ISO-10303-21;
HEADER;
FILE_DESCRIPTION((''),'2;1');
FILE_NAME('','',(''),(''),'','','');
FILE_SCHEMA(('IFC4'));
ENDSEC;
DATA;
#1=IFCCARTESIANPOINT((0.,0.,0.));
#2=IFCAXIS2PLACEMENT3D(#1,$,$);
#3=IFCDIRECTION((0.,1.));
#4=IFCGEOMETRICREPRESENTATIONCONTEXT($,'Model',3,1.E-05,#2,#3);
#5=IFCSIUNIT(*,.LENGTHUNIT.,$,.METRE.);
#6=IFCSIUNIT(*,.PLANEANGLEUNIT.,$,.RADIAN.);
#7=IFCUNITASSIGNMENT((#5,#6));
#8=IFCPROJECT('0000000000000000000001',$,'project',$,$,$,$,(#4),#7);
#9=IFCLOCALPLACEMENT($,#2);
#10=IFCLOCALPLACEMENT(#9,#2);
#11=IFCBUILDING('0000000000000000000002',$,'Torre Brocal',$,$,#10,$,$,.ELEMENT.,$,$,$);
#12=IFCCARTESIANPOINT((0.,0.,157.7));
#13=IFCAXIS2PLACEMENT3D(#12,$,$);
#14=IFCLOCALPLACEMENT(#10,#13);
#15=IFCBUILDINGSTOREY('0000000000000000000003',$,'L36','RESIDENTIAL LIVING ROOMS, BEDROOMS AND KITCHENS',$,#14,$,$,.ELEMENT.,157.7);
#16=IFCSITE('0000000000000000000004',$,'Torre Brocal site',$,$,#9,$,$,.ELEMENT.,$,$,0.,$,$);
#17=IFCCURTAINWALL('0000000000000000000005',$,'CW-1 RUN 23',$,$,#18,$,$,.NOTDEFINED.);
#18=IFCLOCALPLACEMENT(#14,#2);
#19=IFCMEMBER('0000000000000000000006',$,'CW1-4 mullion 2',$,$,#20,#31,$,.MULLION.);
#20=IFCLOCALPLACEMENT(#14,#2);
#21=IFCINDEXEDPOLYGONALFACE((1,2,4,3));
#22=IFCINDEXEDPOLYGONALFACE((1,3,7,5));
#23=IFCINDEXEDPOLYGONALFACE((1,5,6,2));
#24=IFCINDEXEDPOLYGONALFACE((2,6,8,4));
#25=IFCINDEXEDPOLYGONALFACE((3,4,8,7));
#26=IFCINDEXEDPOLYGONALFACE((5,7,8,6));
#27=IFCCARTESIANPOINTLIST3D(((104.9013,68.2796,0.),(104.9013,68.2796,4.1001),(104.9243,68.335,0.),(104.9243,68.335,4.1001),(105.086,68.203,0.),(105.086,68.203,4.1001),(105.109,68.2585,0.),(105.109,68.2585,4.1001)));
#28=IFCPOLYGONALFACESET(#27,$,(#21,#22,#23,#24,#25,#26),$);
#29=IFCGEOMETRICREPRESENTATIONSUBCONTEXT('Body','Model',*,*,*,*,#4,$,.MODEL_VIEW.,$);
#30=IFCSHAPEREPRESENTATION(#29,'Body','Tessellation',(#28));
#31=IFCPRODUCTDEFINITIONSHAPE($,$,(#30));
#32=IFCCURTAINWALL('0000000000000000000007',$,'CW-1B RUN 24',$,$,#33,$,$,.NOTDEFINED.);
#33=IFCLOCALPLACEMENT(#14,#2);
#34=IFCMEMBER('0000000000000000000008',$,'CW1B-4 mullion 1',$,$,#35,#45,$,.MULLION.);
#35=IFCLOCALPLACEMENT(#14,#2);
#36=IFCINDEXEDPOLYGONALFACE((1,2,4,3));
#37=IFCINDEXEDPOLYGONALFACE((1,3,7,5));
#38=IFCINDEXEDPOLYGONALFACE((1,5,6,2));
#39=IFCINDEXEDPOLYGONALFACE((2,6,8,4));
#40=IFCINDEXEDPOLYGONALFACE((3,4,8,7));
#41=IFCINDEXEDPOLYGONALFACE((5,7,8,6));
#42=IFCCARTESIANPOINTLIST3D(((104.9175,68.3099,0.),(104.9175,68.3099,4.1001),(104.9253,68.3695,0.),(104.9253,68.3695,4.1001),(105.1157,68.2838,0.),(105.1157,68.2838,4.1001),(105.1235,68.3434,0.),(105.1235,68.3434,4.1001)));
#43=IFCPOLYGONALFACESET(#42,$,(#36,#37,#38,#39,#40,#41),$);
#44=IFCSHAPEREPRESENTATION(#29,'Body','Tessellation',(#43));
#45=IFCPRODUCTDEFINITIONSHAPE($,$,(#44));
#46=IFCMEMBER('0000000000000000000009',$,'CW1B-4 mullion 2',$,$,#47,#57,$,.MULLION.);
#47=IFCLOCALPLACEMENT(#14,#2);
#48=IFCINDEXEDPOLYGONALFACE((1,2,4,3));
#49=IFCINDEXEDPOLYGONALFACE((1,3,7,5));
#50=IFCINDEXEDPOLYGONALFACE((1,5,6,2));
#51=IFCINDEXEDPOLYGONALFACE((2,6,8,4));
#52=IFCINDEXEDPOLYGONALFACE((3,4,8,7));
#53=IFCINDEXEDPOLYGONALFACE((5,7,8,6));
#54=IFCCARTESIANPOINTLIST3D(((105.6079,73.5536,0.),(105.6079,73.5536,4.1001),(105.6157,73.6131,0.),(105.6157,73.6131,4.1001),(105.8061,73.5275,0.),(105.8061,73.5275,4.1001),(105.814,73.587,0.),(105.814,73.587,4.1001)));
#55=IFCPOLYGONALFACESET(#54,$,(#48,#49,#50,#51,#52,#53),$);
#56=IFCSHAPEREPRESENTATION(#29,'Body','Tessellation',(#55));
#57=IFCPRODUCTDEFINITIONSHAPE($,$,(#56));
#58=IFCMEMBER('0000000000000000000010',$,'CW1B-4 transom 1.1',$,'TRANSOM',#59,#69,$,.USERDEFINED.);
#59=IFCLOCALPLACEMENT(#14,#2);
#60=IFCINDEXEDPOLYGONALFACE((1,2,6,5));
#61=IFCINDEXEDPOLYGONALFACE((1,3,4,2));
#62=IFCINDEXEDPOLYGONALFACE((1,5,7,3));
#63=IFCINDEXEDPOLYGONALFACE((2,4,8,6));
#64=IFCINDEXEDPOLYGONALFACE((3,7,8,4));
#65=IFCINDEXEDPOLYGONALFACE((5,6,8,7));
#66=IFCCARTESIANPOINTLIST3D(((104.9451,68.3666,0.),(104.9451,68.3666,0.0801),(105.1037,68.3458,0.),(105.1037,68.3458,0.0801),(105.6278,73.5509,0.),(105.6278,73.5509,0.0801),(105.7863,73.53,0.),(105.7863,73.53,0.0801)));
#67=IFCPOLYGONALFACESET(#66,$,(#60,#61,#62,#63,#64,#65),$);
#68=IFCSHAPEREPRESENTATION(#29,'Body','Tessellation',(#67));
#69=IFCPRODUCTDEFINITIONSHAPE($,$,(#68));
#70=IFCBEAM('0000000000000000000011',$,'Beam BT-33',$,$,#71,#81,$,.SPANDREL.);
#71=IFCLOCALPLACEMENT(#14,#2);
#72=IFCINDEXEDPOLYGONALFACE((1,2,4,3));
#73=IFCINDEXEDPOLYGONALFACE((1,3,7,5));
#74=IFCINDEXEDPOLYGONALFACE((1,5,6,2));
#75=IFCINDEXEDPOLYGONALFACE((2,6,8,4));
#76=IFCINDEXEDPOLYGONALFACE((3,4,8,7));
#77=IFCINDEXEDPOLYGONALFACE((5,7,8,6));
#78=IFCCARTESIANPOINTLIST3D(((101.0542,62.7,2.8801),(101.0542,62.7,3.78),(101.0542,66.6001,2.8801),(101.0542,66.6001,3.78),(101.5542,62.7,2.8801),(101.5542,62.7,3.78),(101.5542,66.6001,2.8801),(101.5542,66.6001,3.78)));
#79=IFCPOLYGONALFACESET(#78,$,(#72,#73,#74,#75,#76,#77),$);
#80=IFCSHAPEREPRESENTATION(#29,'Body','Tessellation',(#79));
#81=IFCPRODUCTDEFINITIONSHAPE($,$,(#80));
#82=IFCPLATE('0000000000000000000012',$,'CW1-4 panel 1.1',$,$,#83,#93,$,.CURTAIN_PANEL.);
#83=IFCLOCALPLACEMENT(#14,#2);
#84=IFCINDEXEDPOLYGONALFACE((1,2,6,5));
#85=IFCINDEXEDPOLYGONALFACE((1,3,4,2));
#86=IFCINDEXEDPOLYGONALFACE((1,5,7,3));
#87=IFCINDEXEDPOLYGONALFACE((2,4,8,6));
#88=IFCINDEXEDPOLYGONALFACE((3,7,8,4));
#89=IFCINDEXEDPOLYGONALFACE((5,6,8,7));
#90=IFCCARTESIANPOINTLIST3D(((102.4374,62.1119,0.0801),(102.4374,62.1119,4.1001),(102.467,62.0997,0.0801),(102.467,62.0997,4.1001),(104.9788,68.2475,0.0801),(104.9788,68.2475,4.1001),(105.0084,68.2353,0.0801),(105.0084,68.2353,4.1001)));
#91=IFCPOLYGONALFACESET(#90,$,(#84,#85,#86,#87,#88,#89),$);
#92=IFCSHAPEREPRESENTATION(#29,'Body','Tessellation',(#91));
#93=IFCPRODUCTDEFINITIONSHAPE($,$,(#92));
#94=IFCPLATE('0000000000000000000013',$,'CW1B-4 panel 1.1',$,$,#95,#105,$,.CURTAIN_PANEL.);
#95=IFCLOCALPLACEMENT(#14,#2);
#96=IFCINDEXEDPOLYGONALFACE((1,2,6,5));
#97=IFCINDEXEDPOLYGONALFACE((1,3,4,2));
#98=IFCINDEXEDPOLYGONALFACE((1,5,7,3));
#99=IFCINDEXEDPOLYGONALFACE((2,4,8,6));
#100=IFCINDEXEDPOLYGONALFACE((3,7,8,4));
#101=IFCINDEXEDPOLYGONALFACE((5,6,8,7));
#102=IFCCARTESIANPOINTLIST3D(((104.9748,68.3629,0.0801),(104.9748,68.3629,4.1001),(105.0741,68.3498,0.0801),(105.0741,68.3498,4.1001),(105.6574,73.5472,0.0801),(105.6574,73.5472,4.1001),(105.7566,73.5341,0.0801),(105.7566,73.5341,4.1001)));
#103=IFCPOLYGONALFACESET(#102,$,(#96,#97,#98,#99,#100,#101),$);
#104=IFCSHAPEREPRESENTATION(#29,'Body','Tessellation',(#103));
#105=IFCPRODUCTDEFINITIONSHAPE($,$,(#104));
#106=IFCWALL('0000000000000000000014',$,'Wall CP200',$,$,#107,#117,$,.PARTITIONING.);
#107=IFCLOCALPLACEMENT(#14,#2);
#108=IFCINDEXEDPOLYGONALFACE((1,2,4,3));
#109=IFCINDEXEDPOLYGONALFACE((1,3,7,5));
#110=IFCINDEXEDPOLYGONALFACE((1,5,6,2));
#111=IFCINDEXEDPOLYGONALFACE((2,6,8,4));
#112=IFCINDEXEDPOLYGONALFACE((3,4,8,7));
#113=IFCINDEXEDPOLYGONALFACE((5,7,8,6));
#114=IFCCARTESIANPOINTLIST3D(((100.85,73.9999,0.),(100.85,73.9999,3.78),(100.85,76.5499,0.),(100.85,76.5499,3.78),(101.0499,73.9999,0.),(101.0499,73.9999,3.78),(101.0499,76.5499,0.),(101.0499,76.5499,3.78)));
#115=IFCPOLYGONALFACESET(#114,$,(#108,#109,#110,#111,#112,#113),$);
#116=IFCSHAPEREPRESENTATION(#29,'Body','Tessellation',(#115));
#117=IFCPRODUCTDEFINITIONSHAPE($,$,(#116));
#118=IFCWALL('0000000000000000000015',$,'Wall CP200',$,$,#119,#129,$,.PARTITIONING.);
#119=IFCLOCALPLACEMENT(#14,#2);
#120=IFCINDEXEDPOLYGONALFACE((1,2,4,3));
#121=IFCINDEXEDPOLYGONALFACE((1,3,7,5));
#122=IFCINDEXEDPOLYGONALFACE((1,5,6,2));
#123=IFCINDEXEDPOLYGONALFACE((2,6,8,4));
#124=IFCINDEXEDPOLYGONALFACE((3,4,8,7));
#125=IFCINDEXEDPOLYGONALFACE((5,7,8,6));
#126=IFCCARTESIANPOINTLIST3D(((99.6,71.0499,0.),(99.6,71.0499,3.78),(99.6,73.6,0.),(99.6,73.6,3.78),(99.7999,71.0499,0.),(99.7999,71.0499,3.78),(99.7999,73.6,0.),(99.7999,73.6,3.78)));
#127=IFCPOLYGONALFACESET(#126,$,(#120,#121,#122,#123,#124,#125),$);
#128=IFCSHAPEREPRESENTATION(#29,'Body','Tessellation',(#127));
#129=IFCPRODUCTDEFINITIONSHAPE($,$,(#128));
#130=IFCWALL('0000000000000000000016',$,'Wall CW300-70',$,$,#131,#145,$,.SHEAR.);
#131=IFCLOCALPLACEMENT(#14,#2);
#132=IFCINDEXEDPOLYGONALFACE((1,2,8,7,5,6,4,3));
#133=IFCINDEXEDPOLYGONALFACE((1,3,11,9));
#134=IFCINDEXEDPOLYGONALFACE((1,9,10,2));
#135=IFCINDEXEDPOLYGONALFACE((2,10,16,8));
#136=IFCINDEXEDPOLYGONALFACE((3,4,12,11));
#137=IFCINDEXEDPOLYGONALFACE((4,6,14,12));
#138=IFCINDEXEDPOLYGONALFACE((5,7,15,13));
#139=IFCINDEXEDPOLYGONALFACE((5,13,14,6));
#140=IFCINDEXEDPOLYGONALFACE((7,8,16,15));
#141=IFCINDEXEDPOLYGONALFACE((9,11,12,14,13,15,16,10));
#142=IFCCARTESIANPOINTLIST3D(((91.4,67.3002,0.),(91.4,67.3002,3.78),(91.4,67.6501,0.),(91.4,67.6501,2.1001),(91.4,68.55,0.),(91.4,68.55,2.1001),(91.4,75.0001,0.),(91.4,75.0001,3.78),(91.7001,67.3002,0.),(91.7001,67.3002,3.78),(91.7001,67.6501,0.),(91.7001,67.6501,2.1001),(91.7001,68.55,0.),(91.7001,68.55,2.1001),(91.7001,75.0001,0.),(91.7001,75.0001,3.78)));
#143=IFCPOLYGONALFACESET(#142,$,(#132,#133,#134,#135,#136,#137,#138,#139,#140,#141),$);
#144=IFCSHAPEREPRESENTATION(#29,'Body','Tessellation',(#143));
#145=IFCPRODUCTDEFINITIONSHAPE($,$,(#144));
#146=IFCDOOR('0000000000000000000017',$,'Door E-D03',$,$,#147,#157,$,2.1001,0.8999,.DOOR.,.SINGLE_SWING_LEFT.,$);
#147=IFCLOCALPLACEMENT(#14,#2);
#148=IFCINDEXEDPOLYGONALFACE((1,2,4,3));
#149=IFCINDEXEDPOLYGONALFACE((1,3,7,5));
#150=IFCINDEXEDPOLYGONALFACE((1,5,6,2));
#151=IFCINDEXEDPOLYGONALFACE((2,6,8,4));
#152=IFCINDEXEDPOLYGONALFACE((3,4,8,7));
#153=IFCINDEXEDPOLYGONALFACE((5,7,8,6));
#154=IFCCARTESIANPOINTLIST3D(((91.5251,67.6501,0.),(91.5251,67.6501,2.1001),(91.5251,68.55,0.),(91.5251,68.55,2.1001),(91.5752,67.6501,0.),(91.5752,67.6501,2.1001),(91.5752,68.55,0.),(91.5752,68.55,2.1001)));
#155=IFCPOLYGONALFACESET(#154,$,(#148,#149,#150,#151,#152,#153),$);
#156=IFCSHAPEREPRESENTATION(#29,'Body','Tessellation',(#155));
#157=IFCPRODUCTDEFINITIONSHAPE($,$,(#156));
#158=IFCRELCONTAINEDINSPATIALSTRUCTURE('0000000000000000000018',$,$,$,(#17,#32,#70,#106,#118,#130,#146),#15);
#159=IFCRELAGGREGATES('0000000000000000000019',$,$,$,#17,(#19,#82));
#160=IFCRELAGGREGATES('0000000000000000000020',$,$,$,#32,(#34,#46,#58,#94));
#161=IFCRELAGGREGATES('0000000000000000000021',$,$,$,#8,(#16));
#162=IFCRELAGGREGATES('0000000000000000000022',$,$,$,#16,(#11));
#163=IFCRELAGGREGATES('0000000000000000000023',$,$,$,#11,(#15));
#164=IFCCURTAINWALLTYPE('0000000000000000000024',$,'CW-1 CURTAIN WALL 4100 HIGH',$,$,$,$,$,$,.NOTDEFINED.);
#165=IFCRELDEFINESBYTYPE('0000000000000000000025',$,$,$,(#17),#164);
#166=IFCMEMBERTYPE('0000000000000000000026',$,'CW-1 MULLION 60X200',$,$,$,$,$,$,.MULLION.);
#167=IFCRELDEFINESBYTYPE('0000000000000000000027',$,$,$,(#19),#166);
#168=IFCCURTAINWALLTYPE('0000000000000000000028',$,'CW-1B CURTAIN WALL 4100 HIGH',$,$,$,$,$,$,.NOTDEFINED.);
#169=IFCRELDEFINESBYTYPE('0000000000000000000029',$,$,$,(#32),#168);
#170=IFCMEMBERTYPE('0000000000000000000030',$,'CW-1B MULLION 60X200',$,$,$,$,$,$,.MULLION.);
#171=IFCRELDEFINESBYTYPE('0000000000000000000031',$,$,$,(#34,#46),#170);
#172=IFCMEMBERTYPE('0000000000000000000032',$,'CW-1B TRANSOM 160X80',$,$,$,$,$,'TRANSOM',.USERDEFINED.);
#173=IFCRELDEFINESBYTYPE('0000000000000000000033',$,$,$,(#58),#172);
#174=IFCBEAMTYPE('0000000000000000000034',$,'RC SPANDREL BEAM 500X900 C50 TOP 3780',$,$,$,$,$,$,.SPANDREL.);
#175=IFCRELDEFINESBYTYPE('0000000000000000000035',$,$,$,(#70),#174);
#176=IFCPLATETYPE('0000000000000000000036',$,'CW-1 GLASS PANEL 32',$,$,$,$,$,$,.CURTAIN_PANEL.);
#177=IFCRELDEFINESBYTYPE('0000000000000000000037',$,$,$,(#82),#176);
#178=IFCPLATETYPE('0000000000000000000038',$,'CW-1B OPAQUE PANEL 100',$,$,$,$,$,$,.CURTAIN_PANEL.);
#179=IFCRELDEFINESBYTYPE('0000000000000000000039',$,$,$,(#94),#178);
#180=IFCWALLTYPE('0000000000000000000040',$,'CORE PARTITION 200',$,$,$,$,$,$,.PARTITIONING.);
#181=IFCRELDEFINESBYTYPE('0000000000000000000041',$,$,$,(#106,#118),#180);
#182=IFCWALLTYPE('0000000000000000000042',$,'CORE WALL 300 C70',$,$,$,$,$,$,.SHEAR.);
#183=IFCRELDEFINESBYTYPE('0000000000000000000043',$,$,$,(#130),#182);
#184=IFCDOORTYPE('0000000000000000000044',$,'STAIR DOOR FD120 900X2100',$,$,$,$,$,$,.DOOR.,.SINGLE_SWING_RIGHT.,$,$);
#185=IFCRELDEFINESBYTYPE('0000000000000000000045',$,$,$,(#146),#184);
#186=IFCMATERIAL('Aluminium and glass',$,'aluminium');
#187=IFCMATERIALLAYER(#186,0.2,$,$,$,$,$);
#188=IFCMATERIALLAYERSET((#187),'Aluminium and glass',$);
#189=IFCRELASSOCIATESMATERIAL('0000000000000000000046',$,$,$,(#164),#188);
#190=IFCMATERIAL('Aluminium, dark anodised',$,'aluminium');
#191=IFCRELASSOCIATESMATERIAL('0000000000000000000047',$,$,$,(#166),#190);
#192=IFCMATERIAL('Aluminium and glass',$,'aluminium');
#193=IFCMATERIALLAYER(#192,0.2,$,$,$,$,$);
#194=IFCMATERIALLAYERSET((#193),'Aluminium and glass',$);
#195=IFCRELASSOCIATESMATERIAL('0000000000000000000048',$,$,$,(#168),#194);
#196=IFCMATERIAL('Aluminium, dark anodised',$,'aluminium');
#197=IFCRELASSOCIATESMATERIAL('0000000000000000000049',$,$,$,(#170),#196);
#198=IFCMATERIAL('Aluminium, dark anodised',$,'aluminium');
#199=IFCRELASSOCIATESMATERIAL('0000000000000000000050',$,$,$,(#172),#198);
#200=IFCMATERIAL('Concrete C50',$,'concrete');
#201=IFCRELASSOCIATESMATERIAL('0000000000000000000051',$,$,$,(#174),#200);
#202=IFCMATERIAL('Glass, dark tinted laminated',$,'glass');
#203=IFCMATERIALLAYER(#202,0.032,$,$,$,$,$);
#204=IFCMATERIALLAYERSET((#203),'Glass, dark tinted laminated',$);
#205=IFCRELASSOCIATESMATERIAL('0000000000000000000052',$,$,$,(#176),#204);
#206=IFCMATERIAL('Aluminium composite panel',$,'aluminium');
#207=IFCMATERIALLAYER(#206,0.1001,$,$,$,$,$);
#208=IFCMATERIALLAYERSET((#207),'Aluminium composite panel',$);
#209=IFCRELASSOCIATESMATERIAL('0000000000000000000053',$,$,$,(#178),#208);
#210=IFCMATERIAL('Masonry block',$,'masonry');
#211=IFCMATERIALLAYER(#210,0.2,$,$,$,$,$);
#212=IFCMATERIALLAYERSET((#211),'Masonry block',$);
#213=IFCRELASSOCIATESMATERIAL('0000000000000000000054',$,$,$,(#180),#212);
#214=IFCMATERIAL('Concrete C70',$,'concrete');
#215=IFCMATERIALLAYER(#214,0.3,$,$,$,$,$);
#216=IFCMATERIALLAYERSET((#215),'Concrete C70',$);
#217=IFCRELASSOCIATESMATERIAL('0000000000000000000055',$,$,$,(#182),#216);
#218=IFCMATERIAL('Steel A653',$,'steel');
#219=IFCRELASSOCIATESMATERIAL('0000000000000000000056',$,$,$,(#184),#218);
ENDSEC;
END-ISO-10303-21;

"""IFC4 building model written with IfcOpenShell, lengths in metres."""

from ifc_helpers import new_model, si_unit, direction, frame, frame_2d, origin, origin_2d, place, context, subcontext, project, spatial, rectangle, extrude, material, layer, layer_set, material_profile, profile_set, type_object, element, fill, aggregate, save


model = new_model("IFC4")

# Units and contexts
model_context = context("Model", 3, precision=1e-05, world=origin(), true_north=direction((0.0, 1.0)))
body_context = subcontext(model_context, "Body", "Model", "MODEL_VIEW")
ifc_project = project(units=[si_unit("LENGTHUNIT", "METRE"), si_unit("PLANEANGLEUNIT", "RADIAN")], contexts=[model_context])

# Site, building, storey
site_placement = place(None, origin())
site = spatial("IfcSite", under=ifc_project, at=site_placement, Name="Torre Brocal site", CompositionType="ELEMENT", RefElevation=0.0)
building_placement = place(site_placement, origin())
building = spatial("IfcBuilding", under=site, at=building_placement, Name="Torre Brocal", CompositionType="ELEMENT")
storey_placement = place(building_placement, frame((0.0, 0.0, 157.7)))
storey = spatial("IfcBuildingStorey", under=building, at=storey_placement, Name="L36", Description="RESIDENTIAL LIVING ROOMS, BEDROOMS AND KITCHENS", CompositionType="ELEMENT", Elevation=157.7)

# Curtain wall, member
ifc_material_1 = material(Name="Aluminium and glass", Category="aluminium")
ifc_layer_1 = layer(ifc_material_1, 0.2)
ifc_layer_set_1 = layer_set([ifc_layer_1], Name="Aluminium and glass")
curtain_wall_type_1 = type_object("IfcCurtainWallType", Name="CW-1 CURTAIN WALL 4100 HIGH", PredefinedType="NOTDEFINED", material=ifc_layer_set_1)
curtain_wall_1_placement = place(storey_placement, origin())
curtain_wall_1 = element("IfcCurtainWall", 1, at=curtain_wall_1_placement, inside=storey, type_object=curtain_wall_type_1, Name="CW-1 RUN 23", PredefinedType="NOTDEFINED")
ifc_material_2 = material(Name="Aluminium, dark anodised", Category="aluminium")
ifc_material_profile_1 = material_profile(ifc_material_2, rectangle(XDim=0.2, YDim=0.0601, at=origin_2d()), Name="CW-1 MULLION 60X200")
ifc_profile_set_1 = profile_set([ifc_material_profile_1], Name="Aluminium, dark anodised")
member_type_1 = type_object("IfcMemberType", Name="CW-1 MULLION 60X200", PredefinedType="MULLION", material=ifc_profile_set_1)
member_1_placement = place(storey_placement, frame((105.0051, 68.269, 0.0), z_axis=(0.0, 0.0, 1.0), x_axis=(-0.92388, 0.382683, 0.0)))
member_1 = element("IfcMember", 2, at=member_1_placement, type_object=member_type_1, Name="CW1-4 mullion 2", PredefinedType="MULLION", context=body_context, shape_type="SweptSolid", body=[
    extrude(rectangle(XDim=0.2, YDim=0.0601, at=origin_2d()), origin(), (0.0, 0.0, 1.0), 4.1001),
])

# Curtain wall, members
ifc_material_3 = material(Name="Aluminium and glass", Category="aluminium")
ifc_layer_2 = layer(ifc_material_3, 0.2)
ifc_layer_set_2 = layer_set([ifc_layer_2], Name="Aluminium and glass")
curtain_wall_type_2 = type_object("IfcCurtainWallType", Name="CW-1B CURTAIN WALL 4100 HIGH", PredefinedType="NOTDEFINED", material=ifc_layer_set_2)
curtain_wall_2_placement = place(storey_placement, origin())
curtain_wall_2 = element("IfcCurtainWall", 3, at=curtain_wall_2_placement, inside=storey, type_object=curtain_wall_type_2, Name="CW-1B RUN 24", PredefinedType="NOTDEFINED")
ifc_material_4 = material(Name="Aluminium, dark anodised", Category="aluminium")
ifc_material_profile_2 = material_profile(ifc_material_4, rectangle(XDim=0.2, YDim=0.0601, at=origin_2d()), Name="CW-1B MULLION 60X200")
ifc_profile_set_2 = profile_set([ifc_material_profile_2], Name="Aluminium, dark anodised")
member_type_2 = type_object("IfcMemberType", Name="CW-1B MULLION 60X200", PredefinedType="MULLION", material=ifc_profile_set_2)
member_2_placement = place(storey_placement, frame((105.0205, 68.3267, 0.0), z_axis=(0.0, 0.0, 1.0), x_axis=(-0.991445, 0.130526, 0.0)))
member_2 = element("IfcMember", 4, at=member_2_placement, type_object=member_type_2, Name="CW1B-4 mullion 1", PredefinedType="MULLION", context=body_context, shape_type="SweptSolid", body=[
    extrude(rectangle(XDim=0.2, YDim=0.0601, at=origin_2d()), origin(), (0.0, 0.0, 1.0), 4.1001),
])
member_3_placement = place(storey_placement, frame((105.7109, 73.5703, 0.0), z_axis=(0.0, 0.0, 1.0), x_axis=(-0.991445, 0.130526, 0.0)))
member_3 = element("IfcMember", 5, at=member_3_placement, type_object=member_type_2, Name="CW1B-4 mullion 2", PredefinedType="MULLION", context=body_context, shape_type="SweptSolid", body=[
    extrude(rectangle(XDim=0.2, YDim=0.0601, at=origin_2d()), origin(), (0.0, 0.0, 1.0), 4.1001),
])
ifc_material_5 = material(Name="Aluminium, dark anodised", Category="aluminium")
ifc_material_profile_3 = material_profile(ifc_material_5, rectangle(XDim=0.1599, YDim=0.0801, at=origin_2d()), Name="CW-1B TRANSOM 160X80")
ifc_profile_set_3 = profile_set([ifc_material_profile_3], Name="Aluminium, dark anodised")
member_type_3 = type_object("IfcMemberType", Name="CW-1B TRANSOM 160X80", ElementType="TRANSOM", PredefinedType="USERDEFINED", material=ifc_profile_set_3)
member_4_placement = place(storey_placement, frame((105.0244, 68.3562, 0.04), z_axis=(0.130543, 0.991443, 0.0), x_axis=(-0.991443, 0.130543, 0.0)))
member_4 = element("IfcMember", 6, at=member_4_placement, type_object=member_type_3, Name="CW1B-4 transom 1.1", ObjectType="TRANSOM", PredefinedType="USERDEFINED", context=body_context, shape_type="SweptSolid", body=[
    extrude(rectangle(XDim=0.1599, YDim=0.0801, at=origin_2d()), origin(), (0.0, 0.0, 1.0), 5.229),
])

# Beam
ifc_material_6 = material(Name="Concrete C50", Category="concrete")
ifc_material_profile_4 = material_profile(ifc_material_6, rectangle(XDim=0.5, YDim=0.8999, at=origin_2d()), Name="RC 500X900")
ifc_profile_set_4 = profile_set([ifc_material_profile_4], Name="Concrete C50")
beam_type = type_object("IfcBeamType", Name="RC SPANDREL BEAM 500X900 C50 TOP 3780", PredefinedType="SPANDREL", material=ifc_profile_set_4)
beam_placement = place(storey_placement, frame((101.3042, 62.7, 3.3301), z_axis=(0.0, 1.0, 0.0), x_axis=(-1.0, 0.0, 0.0)))
element("IfcBeam", 7, at=beam_placement, inside=storey, type_object=beam_type, Name="Beam BT-33", PredefinedType="SPANDREL", context=body_context, shape_type="SweptSolid", body=[
    extrude(rectangle(XDim=0.5, YDim=0.8999, at=origin_2d()), origin(), (0.0, 0.0, 1.0), 3.9001),
])

# Plates
ifc_material_7 = material(Name="Glass, dark tinted laminated", Category="glass")
ifc_layer_3 = layer(ifc_material_7, 0.032)
ifc_layer_set_3 = layer_set([ifc_layer_3], Name="Glass, dark tinted laminated")
plate_type_1 = type_object("IfcPlateType", Name="CW-1 GLASS PANEL 32", PredefinedType="CURTAIN_PANEL", material=ifc_layer_set_3)
plate_1_placement = place(storey_placement, frame((103.7229, 65.1736, 0.0801), z_axis=(0.0, 0.0, 1.0), x_axis=(0.382683, 0.92388, 0.0)))
plate_1 = element("IfcPlate", 8, at=plate_1_placement, type_object=plate_type_1, Name="CW1-4 panel 1.1", PredefinedType="CURTAIN_PANEL", context=body_context, shape_type="SweptSolid", body=[
    extrude(rectangle(XDim=6.6411, YDim=0.032, at=origin_2d()), origin(), (0.0, 0.0, 1.0), 4.02),
])
aggregate(curtain_wall_1, [member_1, plate_1])
ifc_material_8 = material(Name="Aluminium composite panel", Category="aluminium")
ifc_layer_4 = layer(ifc_material_8, 0.1001)
ifc_layer_set_4 = layer_set([ifc_layer_4], Name="Aluminium composite panel")
plate_type_2 = type_object("IfcPlateType", Name="CW-1B OPAQUE PANEL 100", PredefinedType="CURTAIN_PANEL", material=ifc_layer_set_4)
plate_2_placement = place(storey_placement, frame((105.3657, 70.9485, 0.0801), z_axis=(0.0, 0.0, 1.0), x_axis=(0.130526, 0.991445, 0.0)))
plate_2 = element("IfcPlate", 9, at=plate_2_placement, type_object=plate_type_2, Name="CW1B-4 panel 1.1", PredefinedType="CURTAIN_PANEL", context=body_context, shape_type="SweptSolid", body=[
    extrude(rectangle(XDim=5.229, YDim=0.1001, at=origin_2d()), origin(), (0.0, 0.0, 1.0), 4.02),
])
aggregate(curtain_wall_2, [member_2, member_3, member_4, plate_2])

# Walls
ifc_material_9 = material(Name="Masonry block", Category="masonry")
ifc_layer_5 = layer(ifc_material_9, 0.2)
ifc_layer_set_5 = layer_set([ifc_layer_5], Name="Masonry block")
wall_type_1 = type_object("IfcWallType", Name="CORE PARTITION 200", PredefinedType="PARTITIONING", material=ifc_layer_set_5)
for number, where, z_axis, x_axis, name in (
    (10, (100.95, 74.0, 0.0), (0.0, 0.0, 1.0), (0.0, 1.0, 0.0), "Wall CP200"),
    (11, (99.7, 71.05, 0.0), (0.0, 0.0, 1.0), (0.0, 1.0, 0.0), "Wall CP200"),
):
    element("IfcWall", number, at=place(storey_placement, frame(where, z_axis=z_axis, x_axis=x_axis)), inside=storey, type_object=wall_type_1, Name=name, PredefinedType="PARTITIONING", context=body_context, shape_type="SweptSolid", body=[
        extrude(rectangle(XDim=2.55, YDim=0.2, at=frame_2d((1.2749, 0.0))), origin(), (0.0, 0.0, 1.0), 3.78),
    ])

# Wall, opening, door
ifc_material_10 = material(Name="Concrete C70", Category="concrete")
ifc_layer_6 = layer(ifc_material_10, 0.3)
ifc_layer_set_6 = layer_set([ifc_layer_6], Name="Concrete C70")
wall_type_2 = type_object("IfcWallType", Name="CORE WALL 300 C70", PredefinedType="SHEAR", material=ifc_layer_set_6)
wall_1_placement = place(storey_placement, frame((91.55, 67.3, 0.0), z_axis=(0.0, 0.0, 1.0), x_axis=(0.0, 1.0, 0.0)))
wall_1 = element("IfcWall", 12, at=wall_1_placement, inside=storey, type_object=wall_type_2, Name="Wall CW300-70", PredefinedType="SHEAR", context=body_context, shape_type="SweptSolid", body=[
    extrude(rectangle(XDim=7.7, YDim=0.3, at=frame_2d((3.8501, 0.0))), origin(), (0.0, 0.0, 1.0), 3.78),
])
opening_1_placement = place(wall_1_placement, frame((0.3501, 0.0, 0.0)))
opening_1 = element("IfcOpeningElement", 13, at=opening_1_placement, cuts=wall_1, PredefinedType="OPENING", context=body_context, shape_type="SweptSolid", body=[
    extrude(rectangle(XDim=0.8999, YDim=2.1001, at=frame_2d((0.45, 1.05))), frame((0.0, 0.1599, 0.0), z_axis=(0.0, -1.0, 0.0), x_axis=(1.0, 0.0, 0.0)), (0.0, 0.0, 1.0), 0.3201),
])
ifc_material_11 = material(Name="Steel A653", Category="steel")
door_type_1 = type_object("IfcDoorType", Name="STAIR DOOR FD120 900X2100", OperationType="SINGLE_SWING_RIGHT", PredefinedType="DOOR", material=ifc_material_11)
door_1_placement = place(opening_1_placement, origin())
door_1 = element("IfcDoor", 14, at=door_1_placement, inside=storey, type_object=door_type_1, Name="Door E-D03", OperationType="SINGLE_SWING_LEFT", OverallHeight=2.1001, OverallWidth=0.8999, PredefinedType="DOOR", context=body_context, shape_type="SweptSolid", body=[
    extrude(rectangle(XDim=0.8999, YDim=2.1001, at=frame_2d((0.45, 1.05))), frame((0.0, 0.0249, 0.0), z_axis=(0.0, -1.0, 0.0), x_axis=(1.0, 0.0, 0.0)), (0.0, 0.0, 1.0), 0.05),
])
fill(opening_1, door_1)

save(model, "model.ifc")
